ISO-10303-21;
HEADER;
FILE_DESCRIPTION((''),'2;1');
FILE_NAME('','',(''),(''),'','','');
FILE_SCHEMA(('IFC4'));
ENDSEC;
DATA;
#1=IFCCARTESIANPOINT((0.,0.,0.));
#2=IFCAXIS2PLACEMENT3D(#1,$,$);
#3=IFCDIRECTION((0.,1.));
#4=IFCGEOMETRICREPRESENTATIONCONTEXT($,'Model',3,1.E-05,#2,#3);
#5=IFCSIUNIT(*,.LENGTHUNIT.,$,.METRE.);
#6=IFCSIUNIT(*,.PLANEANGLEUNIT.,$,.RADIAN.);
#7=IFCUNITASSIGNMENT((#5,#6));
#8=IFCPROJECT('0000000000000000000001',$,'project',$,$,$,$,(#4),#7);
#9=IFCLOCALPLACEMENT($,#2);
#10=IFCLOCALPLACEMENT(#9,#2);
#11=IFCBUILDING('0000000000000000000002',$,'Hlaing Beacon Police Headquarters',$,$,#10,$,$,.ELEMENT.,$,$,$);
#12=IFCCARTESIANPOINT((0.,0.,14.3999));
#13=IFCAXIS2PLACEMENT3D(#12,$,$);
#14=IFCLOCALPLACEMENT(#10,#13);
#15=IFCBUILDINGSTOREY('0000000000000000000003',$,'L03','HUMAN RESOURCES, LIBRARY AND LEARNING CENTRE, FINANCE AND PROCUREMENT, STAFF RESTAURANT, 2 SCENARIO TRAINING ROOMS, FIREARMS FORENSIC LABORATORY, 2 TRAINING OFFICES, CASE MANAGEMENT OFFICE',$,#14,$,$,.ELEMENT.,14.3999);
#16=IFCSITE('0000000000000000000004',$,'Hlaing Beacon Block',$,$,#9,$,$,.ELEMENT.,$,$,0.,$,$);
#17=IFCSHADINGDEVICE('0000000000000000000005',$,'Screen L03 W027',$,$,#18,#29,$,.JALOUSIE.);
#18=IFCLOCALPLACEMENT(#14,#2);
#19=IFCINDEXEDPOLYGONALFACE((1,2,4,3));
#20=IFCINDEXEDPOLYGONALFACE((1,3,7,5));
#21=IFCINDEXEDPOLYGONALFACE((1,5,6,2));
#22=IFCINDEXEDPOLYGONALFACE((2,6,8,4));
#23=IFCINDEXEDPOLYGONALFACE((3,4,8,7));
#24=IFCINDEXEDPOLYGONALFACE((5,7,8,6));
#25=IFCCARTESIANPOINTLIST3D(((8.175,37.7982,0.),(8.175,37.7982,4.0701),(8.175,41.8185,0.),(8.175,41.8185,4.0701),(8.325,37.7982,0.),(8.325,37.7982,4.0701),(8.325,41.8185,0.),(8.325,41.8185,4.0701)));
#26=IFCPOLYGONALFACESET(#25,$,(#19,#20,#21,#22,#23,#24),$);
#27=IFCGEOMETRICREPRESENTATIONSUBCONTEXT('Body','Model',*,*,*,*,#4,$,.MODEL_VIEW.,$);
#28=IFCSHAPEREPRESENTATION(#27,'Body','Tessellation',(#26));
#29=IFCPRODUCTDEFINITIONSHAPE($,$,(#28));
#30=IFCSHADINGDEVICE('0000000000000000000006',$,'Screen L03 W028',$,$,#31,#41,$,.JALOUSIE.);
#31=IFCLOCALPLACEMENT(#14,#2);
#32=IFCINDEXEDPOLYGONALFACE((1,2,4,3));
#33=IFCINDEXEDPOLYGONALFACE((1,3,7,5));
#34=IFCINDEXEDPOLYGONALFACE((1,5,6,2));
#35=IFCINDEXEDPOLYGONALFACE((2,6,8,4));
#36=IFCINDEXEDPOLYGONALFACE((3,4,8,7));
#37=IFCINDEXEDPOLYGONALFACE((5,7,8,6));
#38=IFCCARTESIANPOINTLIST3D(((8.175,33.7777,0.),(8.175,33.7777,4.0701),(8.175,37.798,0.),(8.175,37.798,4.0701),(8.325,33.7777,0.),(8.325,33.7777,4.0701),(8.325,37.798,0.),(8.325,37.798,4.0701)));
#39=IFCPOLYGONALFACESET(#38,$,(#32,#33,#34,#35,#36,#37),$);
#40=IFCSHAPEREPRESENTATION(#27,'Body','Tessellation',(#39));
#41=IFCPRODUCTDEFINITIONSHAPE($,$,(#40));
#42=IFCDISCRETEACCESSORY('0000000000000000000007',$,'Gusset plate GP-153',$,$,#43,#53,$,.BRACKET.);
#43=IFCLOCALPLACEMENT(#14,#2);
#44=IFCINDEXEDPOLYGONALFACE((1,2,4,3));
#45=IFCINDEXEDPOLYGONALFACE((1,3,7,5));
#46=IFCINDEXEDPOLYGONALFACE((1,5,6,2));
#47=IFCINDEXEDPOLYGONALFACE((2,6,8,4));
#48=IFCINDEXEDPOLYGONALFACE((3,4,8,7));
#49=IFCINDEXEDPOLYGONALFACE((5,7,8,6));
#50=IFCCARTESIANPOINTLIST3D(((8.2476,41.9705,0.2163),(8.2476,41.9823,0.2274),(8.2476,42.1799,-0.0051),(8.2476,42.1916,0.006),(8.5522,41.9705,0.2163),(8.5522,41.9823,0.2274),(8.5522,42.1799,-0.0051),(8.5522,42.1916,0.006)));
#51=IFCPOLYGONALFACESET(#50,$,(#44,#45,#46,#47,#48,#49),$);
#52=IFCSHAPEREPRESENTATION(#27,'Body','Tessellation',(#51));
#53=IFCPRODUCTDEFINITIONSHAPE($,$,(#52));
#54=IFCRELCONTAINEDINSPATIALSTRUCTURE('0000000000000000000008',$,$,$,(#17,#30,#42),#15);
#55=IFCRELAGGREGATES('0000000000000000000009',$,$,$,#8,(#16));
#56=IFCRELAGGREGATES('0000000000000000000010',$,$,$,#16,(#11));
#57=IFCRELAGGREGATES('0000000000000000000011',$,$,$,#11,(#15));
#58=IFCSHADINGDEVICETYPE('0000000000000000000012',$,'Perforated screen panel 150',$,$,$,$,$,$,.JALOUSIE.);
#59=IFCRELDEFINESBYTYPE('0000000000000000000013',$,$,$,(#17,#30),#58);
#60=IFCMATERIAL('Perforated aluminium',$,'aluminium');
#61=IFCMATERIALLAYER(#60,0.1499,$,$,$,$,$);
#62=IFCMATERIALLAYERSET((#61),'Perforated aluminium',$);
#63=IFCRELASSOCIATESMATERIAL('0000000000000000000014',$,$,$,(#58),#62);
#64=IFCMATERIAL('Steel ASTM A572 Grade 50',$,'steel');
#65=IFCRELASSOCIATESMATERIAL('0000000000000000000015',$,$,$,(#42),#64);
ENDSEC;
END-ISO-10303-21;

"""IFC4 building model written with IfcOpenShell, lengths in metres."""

from ifc_helpers import new_model, si_unit, direction, frame, origin, origin_2d, place, context, subcontext, project, spatial, rectangle, extrude, material, layer, layer_set, type_object, element, save


model = new_model("IFC4")

# Units and contexts
model_context = context("Model", 3, precision=1e-05, world=origin(), true_north=direction((0.0, 1.0)))
body_context = subcontext(model_context, "Body", "Model", "MODEL_VIEW")
ifc_project = project(units=[si_unit("LENGTHUNIT", "METRE"), si_unit("PLANEANGLEUNIT", "RADIAN")], contexts=[model_context])

# Site, building, storey
site_placement = place(None, origin())
site = spatial("IfcSite", under=ifc_project, at=site_placement, Name="Hlaing Beacon Block", CompositionType="ELEMENT", RefElevation=0.0)
building_placement = place(site_placement, origin())
building = spatial("IfcBuilding", under=site, at=building_placement, Name="Hlaing Beacon Police Headquarters", CompositionType="ELEMENT")
storey_placement = place(building_placement, frame((0.0, 0.0, 14.3999)))
storey = spatial("IfcBuildingStorey", under=building, at=storey_placement, Name="L03", Description="HUMAN RESOURCES, LIBRARY AND LEARNING CENTRE, FINANCE AND PROCUREMENT, STAFF RESTAURANT, 2 SCENARIO TRAINING ROOMS, FIREARMS FORENSIC LABORATORY, 2 TRAINING OFFICES, CASE MANAGEMENT OFFICE", CompositionType="ELEMENT", Elevation=14.3999)

# Shading devices
ifc_material_1 = material(Name="Perforated aluminium", Category="aluminium")
ifc_layer_1 = layer(ifc_material_1, 0.1499)
ifc_layer_set_1 = layer_set([ifc_layer_1], Name="Perforated aluminium")
shading_device_type = type_object("IfcShadingDeviceType", Name="Perforated screen panel 150", PredefinedType="JALOUSIE", material=ifc_layer_set_1)
for number, where, z_axis, x_axis, name in (
    (1, (8.25, 39.8083, 0.0), (0.0, 0.0, 1.0), (0.0, -1.0, 0.0), "Screen L03 W027"),
    (2, (8.25, 35.7878, 0.0), (0.0, 0.0, 1.0), (0.0, -1.0, 0.0), "Screen L03 W028"),
):
    element("IfcShadingDevice", number, at=place(storey_placement, frame(where, z_axis=z_axis, x_axis=x_axis)), inside=storey, type_object=shading_device_type, Name=name, PredefinedType="JALOUSIE", context=body_context, shape_type="SweptSolid", body=[
        extrude(rectangle(XDim=4.0203, YDim=0.1499, at=origin_2d()), origin(), (0.0, 0.0, 1.0), 4.0701),
    ])

# Discrete accessory
ifc_material_2 = material(Name="Steel ASTM A572 Grade 50", Category="steel")
discrete_accessory_placement = place(storey_placement, frame((8.3999, 42.0869, 0.1167), z_axis=(0.0, -0.726657, -0.687001), x_axis=(1.0, 0.0, 0.0)))
element("IfcDiscreteAccessory", 3, at=discrete_accessory_placement, inside=storey, material=ifc_material_2, Name="Gusset plate GP-153", PredefinedType="BRACKET", context=body_context, shape_type="SweptSolid", body=[
    extrude(rectangle(XDim=0.3047, YDim=0.3047, at=origin_2d()), origin(), (0.0, 0.0, 1.0), 0.0161),
])

save(model, "model.ifc")
